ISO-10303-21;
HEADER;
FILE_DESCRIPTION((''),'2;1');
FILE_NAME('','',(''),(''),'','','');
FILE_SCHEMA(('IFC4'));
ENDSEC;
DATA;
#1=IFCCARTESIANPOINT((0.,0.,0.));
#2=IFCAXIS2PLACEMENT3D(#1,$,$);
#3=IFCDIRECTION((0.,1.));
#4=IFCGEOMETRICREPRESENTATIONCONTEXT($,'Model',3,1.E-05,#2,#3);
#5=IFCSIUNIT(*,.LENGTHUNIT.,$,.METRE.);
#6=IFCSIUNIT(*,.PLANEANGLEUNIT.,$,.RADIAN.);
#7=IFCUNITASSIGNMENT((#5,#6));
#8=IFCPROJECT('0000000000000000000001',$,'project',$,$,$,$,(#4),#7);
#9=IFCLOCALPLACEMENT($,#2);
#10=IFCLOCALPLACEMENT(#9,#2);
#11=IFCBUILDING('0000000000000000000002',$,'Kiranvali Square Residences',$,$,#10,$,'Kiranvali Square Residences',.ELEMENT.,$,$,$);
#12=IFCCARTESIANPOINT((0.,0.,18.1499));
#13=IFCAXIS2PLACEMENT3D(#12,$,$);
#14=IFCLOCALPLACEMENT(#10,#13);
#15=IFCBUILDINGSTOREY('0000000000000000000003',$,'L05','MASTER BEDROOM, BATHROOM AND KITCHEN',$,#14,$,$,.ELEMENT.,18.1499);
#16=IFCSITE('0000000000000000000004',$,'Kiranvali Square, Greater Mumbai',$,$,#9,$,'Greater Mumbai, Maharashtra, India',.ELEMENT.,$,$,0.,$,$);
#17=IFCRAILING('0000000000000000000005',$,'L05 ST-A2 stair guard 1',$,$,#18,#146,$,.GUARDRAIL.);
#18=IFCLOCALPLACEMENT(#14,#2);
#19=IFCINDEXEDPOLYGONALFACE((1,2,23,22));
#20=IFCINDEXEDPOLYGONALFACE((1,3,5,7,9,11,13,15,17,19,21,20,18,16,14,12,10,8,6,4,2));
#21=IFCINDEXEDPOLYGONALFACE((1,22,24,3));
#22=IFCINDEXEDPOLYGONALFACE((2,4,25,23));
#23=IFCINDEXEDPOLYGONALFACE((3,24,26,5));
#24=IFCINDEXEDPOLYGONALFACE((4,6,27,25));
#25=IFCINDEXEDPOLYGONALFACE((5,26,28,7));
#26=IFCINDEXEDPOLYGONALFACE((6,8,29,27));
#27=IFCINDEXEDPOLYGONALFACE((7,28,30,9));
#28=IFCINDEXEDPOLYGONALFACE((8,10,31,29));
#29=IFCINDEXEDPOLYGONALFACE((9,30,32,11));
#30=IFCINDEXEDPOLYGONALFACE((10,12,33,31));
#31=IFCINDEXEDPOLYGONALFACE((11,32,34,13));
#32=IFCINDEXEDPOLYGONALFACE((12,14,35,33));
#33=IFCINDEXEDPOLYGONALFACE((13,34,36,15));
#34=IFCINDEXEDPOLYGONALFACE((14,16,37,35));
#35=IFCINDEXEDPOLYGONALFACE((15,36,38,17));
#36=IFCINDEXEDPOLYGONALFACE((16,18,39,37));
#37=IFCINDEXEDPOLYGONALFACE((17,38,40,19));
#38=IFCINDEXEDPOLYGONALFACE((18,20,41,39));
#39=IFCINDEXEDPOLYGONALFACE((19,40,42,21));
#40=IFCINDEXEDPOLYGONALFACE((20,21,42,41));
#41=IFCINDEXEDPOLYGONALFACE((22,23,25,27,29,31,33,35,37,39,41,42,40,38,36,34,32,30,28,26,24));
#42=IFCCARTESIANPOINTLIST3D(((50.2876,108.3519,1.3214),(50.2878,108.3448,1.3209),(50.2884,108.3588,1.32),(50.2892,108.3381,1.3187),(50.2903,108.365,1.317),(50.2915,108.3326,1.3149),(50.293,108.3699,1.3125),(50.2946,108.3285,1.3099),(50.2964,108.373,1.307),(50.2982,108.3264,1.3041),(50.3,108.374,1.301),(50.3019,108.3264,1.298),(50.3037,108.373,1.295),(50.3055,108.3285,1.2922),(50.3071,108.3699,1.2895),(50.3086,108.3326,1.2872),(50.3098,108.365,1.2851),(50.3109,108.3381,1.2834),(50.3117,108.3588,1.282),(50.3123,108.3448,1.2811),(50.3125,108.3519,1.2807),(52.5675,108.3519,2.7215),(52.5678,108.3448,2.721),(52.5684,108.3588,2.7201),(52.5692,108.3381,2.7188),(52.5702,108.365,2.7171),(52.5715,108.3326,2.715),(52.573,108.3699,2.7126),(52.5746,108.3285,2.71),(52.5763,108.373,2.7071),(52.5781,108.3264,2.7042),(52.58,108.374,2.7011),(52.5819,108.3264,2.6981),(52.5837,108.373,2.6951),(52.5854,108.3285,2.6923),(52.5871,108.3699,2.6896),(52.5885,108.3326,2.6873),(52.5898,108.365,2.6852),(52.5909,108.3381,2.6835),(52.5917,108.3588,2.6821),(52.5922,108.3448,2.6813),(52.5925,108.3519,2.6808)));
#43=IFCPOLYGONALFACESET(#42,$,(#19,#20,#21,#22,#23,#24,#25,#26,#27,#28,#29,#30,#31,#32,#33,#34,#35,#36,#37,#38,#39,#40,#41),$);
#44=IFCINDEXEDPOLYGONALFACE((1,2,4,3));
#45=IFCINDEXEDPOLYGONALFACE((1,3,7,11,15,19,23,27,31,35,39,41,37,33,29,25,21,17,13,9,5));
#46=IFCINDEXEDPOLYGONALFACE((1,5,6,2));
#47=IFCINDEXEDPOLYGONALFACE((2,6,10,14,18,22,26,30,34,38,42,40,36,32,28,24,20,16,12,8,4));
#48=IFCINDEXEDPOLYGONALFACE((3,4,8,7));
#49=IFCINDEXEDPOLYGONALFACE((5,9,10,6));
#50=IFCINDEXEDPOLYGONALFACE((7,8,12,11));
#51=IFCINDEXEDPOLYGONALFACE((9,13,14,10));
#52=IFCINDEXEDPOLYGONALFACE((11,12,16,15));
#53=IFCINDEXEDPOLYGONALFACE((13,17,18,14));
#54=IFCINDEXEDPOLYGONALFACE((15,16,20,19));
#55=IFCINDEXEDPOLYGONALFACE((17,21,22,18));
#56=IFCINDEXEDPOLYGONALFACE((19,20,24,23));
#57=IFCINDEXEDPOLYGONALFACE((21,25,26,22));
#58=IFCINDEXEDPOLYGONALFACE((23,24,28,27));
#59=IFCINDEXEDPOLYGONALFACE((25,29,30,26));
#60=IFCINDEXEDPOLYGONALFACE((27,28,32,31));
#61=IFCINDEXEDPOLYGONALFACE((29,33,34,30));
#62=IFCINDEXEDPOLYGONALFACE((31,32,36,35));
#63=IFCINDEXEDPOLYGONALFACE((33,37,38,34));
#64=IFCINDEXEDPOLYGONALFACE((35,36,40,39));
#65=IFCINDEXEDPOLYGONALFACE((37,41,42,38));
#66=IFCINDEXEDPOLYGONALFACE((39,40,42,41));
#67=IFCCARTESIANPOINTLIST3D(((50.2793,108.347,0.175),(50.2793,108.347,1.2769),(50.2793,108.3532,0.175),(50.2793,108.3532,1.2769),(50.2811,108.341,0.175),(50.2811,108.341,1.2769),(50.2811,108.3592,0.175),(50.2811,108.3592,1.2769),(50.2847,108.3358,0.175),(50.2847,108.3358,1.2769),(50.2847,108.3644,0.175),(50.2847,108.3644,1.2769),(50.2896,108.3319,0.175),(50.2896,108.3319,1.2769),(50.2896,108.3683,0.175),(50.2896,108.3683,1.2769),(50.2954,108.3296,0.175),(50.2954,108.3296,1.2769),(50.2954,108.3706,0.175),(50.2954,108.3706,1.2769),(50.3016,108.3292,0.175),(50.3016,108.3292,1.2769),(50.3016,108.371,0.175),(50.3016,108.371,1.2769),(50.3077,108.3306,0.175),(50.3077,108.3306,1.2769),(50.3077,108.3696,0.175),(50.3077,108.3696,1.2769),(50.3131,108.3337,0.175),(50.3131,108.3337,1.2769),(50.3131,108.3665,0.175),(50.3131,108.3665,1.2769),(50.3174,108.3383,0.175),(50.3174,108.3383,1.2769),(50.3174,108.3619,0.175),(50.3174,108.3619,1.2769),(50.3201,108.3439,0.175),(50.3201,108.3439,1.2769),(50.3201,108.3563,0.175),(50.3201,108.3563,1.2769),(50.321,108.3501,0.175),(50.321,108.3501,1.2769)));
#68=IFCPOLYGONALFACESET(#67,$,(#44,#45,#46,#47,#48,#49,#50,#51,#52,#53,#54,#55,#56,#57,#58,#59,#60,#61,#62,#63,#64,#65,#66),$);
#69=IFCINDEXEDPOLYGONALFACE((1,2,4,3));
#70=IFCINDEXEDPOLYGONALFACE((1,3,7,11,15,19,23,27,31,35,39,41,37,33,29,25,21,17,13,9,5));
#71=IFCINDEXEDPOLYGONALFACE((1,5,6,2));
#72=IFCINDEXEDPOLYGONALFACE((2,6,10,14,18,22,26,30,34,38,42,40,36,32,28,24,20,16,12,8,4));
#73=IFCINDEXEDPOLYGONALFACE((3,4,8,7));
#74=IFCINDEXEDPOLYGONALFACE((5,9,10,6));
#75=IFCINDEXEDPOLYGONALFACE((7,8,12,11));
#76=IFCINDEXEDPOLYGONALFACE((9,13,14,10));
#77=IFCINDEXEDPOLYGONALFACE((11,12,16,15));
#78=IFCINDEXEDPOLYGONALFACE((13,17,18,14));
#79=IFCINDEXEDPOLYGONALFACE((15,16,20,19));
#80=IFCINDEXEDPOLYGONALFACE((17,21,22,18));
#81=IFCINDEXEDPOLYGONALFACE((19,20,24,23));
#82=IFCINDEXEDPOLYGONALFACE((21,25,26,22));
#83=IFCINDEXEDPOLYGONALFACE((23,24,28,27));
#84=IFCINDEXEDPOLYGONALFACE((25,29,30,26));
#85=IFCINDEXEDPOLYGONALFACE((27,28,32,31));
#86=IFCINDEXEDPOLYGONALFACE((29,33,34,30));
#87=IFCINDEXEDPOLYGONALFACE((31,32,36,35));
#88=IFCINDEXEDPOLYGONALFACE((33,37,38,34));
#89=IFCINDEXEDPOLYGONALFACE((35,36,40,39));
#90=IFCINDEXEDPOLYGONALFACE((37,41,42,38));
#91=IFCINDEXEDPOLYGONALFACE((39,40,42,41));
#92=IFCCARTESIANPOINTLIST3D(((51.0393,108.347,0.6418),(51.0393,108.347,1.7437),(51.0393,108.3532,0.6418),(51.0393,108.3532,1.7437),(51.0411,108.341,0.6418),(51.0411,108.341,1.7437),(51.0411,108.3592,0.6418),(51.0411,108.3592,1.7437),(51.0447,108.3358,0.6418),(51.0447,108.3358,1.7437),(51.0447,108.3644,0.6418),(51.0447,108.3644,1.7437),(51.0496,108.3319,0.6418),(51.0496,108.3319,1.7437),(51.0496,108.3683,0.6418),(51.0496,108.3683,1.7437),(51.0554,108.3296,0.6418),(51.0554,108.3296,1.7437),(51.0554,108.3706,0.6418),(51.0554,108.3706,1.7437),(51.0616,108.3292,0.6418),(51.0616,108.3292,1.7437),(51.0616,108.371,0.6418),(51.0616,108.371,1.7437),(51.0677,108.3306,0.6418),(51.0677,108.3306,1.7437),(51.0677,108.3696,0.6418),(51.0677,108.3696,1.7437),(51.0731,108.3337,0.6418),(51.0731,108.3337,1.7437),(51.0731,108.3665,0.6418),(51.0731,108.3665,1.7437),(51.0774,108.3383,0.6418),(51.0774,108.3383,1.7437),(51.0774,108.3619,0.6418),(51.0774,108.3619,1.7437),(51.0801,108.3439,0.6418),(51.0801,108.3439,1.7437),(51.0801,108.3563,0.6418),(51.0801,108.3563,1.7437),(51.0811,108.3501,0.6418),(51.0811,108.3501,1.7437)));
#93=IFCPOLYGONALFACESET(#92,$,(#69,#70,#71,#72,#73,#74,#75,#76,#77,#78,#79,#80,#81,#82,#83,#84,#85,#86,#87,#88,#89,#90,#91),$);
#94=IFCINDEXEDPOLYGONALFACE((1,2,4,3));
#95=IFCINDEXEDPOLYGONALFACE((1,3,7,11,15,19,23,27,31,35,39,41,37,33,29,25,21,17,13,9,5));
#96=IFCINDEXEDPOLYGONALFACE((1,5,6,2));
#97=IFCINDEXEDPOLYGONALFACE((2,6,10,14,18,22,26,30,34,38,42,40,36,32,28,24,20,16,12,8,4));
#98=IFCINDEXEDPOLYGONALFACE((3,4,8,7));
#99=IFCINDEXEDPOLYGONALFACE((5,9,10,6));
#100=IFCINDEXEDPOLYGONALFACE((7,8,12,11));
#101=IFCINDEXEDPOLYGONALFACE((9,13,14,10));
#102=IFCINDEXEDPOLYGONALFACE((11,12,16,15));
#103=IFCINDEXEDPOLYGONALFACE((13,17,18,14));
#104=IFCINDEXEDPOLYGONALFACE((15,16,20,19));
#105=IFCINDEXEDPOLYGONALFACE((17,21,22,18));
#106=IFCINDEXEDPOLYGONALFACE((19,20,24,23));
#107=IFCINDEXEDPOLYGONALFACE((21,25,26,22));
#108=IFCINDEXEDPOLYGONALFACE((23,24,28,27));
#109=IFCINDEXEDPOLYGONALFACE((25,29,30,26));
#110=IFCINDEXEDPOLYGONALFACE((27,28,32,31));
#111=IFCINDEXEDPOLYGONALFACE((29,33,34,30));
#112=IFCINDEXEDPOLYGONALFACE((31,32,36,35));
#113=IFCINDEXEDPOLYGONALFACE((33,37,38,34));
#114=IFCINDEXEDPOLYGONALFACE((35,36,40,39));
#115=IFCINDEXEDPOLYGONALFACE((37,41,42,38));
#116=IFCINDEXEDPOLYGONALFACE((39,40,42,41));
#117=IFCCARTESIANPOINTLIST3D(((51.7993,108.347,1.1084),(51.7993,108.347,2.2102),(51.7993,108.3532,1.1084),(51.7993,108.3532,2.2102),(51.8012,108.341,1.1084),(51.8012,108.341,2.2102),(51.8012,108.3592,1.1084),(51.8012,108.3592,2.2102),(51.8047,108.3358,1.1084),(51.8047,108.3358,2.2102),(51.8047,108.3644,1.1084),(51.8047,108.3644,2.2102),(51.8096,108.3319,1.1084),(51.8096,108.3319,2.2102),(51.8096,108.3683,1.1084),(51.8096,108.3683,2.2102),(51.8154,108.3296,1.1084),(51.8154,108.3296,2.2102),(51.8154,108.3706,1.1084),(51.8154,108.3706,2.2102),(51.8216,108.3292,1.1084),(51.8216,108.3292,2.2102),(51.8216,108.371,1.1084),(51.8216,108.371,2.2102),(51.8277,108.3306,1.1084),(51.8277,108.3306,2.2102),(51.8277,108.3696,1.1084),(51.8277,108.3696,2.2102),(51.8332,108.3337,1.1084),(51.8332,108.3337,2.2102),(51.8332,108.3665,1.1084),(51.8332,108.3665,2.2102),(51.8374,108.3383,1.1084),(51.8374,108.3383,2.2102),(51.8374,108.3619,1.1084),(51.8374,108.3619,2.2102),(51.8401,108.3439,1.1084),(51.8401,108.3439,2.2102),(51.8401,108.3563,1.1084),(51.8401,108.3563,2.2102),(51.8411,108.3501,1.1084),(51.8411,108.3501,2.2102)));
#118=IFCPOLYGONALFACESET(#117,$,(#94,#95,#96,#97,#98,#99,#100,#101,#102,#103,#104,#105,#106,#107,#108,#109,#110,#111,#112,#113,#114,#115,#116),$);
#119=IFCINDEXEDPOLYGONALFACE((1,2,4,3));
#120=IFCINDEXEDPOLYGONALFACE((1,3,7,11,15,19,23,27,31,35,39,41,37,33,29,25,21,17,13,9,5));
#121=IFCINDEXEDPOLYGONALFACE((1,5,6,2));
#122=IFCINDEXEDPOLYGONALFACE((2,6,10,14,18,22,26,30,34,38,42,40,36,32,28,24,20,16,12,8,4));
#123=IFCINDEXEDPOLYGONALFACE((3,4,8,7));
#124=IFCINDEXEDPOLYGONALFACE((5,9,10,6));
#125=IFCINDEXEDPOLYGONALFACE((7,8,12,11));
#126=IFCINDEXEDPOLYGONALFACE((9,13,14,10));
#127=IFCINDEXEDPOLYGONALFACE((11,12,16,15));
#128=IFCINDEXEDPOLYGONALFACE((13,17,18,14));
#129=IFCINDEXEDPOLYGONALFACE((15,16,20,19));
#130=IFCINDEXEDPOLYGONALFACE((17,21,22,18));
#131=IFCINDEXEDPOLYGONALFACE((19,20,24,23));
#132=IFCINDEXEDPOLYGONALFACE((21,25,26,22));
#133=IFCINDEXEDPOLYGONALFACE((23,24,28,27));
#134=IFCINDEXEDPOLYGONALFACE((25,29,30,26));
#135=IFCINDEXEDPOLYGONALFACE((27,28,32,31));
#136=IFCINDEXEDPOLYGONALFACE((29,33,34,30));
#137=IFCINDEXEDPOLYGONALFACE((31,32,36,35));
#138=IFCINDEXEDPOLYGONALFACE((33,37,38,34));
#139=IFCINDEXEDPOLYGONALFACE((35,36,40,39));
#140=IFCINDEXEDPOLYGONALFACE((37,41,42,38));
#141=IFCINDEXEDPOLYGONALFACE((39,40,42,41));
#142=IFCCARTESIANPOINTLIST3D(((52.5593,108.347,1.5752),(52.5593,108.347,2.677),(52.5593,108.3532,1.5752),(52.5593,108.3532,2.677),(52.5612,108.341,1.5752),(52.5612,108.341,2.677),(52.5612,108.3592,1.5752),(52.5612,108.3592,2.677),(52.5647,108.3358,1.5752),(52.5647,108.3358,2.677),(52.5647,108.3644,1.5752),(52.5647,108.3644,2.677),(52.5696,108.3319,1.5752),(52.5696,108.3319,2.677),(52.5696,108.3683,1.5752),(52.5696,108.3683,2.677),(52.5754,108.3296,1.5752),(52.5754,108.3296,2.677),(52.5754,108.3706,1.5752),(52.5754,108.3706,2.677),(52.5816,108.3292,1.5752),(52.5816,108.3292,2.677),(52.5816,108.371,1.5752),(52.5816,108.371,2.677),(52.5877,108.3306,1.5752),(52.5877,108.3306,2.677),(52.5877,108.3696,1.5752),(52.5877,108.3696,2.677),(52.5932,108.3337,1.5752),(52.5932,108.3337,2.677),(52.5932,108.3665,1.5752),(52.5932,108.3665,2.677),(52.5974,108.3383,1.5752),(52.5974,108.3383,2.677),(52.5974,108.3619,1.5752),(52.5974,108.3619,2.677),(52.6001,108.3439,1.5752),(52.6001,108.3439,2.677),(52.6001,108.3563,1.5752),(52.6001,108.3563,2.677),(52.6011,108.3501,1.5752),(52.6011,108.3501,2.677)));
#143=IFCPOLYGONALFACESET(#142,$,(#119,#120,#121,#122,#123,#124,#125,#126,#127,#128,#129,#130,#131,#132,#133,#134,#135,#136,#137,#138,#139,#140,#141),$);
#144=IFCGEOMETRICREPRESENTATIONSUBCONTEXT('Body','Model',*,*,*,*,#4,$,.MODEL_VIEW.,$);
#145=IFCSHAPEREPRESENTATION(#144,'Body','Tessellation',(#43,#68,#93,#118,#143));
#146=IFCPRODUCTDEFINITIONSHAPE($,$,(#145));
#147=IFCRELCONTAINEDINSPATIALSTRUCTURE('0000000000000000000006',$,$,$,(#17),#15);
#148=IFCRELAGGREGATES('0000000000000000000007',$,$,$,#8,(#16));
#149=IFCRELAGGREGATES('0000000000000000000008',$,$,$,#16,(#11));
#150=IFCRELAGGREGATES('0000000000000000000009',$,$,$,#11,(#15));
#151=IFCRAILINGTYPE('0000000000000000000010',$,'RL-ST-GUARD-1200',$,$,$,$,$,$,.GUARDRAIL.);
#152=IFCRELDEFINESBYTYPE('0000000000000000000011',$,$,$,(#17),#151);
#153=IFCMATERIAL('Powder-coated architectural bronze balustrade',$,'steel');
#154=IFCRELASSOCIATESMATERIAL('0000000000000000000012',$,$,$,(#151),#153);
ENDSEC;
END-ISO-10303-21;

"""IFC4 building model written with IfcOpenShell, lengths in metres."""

from ifc_helpers import new_model, si_unit, direction, frame, origin, origin_2d, place, context, subcontext, project, spatial, circle, extrude, material, type_object, element, save


model = new_model("IFC4")

# Units and contexts
model_context = context("Model", 3, precision=1e-05, world=origin(), true_north=direction((0.0, 1.0)))
body_context = subcontext(model_context, "Body", "Model", "MODEL_VIEW")
ifc_project = project(units=[si_unit("LENGTHUNIT", "METRE"), si_unit("PLANEANGLEUNIT", "RADIAN")], contexts=[model_context])

# Site, building, storey
site_placement = place(None, origin())
site = spatial("IfcSite", under=ifc_project, at=site_placement, Name="Kiranvali Square, Greater Mumbai", LongName="Greater Mumbai, Maharashtra, India", CompositionType="ELEMENT", RefElevation=0.0)
building_placement = place(site_placement, origin())
building = spatial("IfcBuilding", under=site, at=building_placement, Name="Kiranvali Square Residences", LongName="Kiranvali Square Residences", CompositionType="ELEMENT")
storey_placement = place(building_placement, frame((0.0, 0.0, 18.1499)))
storey = spatial("IfcBuildingStorey", under=building, at=storey_placement, Name="L05", Description="MASTER BEDROOM, BATHROOM AND KITCHEN", CompositionType="ELEMENT", Elevation=18.1499)

# Railing
ifc_material_1 = material(Name="Powder-coated architectural bronze balustrade", Category="steel")
railing_type_1 = type_object("IfcRailingType", Name="RL-ST-GUARD-1200", PredefinedType="GUARDRAIL", material=ifc_material_1)
railing_1_placement = place(storey_placement, frame((50.3, 108.3501, 0.175)))
element("IfcRailing", 1, at=railing_1_placement, inside=storey, type_object=railing_type_1, Name="L05 ST-A2 stair guard 1", PredefinedType="GUARDRAIL", context=body_context, shape_type="SweptSolid", body=[
    extrude(circle(Radius=0.0239, at=origin_2d()), frame((0.0, 0.0, 1.126), z_axis=(0.85215, 0.0, 0.523298), x_axis=(0.0, 1.0, 0.0)), (0.0, 0.0, 1.0), 2.6755),
    extrude(circle(Radius=0.021, at=origin_2d()), origin(), (0.0, 0.0, 1.0), 1.1018),
    extrude(circle(Radius=0.021, at=origin_2d()), frame((0.76, 0.0, 0.4668)), (0.0, 0.0, 1.0), 1.1018),
    extrude(circle(Radius=0.021, at=origin_2d()), frame((1.52, 0.0, 0.9333)), (0.0, 0.0, 1.0), 1.1018),
    extrude(circle(Radius=0.021, at=origin_2d()), frame((2.28, 0.0, 1.4001)), (0.0, 0.0, 1.0), 1.1018),
])

save(model, "model.ifc")
